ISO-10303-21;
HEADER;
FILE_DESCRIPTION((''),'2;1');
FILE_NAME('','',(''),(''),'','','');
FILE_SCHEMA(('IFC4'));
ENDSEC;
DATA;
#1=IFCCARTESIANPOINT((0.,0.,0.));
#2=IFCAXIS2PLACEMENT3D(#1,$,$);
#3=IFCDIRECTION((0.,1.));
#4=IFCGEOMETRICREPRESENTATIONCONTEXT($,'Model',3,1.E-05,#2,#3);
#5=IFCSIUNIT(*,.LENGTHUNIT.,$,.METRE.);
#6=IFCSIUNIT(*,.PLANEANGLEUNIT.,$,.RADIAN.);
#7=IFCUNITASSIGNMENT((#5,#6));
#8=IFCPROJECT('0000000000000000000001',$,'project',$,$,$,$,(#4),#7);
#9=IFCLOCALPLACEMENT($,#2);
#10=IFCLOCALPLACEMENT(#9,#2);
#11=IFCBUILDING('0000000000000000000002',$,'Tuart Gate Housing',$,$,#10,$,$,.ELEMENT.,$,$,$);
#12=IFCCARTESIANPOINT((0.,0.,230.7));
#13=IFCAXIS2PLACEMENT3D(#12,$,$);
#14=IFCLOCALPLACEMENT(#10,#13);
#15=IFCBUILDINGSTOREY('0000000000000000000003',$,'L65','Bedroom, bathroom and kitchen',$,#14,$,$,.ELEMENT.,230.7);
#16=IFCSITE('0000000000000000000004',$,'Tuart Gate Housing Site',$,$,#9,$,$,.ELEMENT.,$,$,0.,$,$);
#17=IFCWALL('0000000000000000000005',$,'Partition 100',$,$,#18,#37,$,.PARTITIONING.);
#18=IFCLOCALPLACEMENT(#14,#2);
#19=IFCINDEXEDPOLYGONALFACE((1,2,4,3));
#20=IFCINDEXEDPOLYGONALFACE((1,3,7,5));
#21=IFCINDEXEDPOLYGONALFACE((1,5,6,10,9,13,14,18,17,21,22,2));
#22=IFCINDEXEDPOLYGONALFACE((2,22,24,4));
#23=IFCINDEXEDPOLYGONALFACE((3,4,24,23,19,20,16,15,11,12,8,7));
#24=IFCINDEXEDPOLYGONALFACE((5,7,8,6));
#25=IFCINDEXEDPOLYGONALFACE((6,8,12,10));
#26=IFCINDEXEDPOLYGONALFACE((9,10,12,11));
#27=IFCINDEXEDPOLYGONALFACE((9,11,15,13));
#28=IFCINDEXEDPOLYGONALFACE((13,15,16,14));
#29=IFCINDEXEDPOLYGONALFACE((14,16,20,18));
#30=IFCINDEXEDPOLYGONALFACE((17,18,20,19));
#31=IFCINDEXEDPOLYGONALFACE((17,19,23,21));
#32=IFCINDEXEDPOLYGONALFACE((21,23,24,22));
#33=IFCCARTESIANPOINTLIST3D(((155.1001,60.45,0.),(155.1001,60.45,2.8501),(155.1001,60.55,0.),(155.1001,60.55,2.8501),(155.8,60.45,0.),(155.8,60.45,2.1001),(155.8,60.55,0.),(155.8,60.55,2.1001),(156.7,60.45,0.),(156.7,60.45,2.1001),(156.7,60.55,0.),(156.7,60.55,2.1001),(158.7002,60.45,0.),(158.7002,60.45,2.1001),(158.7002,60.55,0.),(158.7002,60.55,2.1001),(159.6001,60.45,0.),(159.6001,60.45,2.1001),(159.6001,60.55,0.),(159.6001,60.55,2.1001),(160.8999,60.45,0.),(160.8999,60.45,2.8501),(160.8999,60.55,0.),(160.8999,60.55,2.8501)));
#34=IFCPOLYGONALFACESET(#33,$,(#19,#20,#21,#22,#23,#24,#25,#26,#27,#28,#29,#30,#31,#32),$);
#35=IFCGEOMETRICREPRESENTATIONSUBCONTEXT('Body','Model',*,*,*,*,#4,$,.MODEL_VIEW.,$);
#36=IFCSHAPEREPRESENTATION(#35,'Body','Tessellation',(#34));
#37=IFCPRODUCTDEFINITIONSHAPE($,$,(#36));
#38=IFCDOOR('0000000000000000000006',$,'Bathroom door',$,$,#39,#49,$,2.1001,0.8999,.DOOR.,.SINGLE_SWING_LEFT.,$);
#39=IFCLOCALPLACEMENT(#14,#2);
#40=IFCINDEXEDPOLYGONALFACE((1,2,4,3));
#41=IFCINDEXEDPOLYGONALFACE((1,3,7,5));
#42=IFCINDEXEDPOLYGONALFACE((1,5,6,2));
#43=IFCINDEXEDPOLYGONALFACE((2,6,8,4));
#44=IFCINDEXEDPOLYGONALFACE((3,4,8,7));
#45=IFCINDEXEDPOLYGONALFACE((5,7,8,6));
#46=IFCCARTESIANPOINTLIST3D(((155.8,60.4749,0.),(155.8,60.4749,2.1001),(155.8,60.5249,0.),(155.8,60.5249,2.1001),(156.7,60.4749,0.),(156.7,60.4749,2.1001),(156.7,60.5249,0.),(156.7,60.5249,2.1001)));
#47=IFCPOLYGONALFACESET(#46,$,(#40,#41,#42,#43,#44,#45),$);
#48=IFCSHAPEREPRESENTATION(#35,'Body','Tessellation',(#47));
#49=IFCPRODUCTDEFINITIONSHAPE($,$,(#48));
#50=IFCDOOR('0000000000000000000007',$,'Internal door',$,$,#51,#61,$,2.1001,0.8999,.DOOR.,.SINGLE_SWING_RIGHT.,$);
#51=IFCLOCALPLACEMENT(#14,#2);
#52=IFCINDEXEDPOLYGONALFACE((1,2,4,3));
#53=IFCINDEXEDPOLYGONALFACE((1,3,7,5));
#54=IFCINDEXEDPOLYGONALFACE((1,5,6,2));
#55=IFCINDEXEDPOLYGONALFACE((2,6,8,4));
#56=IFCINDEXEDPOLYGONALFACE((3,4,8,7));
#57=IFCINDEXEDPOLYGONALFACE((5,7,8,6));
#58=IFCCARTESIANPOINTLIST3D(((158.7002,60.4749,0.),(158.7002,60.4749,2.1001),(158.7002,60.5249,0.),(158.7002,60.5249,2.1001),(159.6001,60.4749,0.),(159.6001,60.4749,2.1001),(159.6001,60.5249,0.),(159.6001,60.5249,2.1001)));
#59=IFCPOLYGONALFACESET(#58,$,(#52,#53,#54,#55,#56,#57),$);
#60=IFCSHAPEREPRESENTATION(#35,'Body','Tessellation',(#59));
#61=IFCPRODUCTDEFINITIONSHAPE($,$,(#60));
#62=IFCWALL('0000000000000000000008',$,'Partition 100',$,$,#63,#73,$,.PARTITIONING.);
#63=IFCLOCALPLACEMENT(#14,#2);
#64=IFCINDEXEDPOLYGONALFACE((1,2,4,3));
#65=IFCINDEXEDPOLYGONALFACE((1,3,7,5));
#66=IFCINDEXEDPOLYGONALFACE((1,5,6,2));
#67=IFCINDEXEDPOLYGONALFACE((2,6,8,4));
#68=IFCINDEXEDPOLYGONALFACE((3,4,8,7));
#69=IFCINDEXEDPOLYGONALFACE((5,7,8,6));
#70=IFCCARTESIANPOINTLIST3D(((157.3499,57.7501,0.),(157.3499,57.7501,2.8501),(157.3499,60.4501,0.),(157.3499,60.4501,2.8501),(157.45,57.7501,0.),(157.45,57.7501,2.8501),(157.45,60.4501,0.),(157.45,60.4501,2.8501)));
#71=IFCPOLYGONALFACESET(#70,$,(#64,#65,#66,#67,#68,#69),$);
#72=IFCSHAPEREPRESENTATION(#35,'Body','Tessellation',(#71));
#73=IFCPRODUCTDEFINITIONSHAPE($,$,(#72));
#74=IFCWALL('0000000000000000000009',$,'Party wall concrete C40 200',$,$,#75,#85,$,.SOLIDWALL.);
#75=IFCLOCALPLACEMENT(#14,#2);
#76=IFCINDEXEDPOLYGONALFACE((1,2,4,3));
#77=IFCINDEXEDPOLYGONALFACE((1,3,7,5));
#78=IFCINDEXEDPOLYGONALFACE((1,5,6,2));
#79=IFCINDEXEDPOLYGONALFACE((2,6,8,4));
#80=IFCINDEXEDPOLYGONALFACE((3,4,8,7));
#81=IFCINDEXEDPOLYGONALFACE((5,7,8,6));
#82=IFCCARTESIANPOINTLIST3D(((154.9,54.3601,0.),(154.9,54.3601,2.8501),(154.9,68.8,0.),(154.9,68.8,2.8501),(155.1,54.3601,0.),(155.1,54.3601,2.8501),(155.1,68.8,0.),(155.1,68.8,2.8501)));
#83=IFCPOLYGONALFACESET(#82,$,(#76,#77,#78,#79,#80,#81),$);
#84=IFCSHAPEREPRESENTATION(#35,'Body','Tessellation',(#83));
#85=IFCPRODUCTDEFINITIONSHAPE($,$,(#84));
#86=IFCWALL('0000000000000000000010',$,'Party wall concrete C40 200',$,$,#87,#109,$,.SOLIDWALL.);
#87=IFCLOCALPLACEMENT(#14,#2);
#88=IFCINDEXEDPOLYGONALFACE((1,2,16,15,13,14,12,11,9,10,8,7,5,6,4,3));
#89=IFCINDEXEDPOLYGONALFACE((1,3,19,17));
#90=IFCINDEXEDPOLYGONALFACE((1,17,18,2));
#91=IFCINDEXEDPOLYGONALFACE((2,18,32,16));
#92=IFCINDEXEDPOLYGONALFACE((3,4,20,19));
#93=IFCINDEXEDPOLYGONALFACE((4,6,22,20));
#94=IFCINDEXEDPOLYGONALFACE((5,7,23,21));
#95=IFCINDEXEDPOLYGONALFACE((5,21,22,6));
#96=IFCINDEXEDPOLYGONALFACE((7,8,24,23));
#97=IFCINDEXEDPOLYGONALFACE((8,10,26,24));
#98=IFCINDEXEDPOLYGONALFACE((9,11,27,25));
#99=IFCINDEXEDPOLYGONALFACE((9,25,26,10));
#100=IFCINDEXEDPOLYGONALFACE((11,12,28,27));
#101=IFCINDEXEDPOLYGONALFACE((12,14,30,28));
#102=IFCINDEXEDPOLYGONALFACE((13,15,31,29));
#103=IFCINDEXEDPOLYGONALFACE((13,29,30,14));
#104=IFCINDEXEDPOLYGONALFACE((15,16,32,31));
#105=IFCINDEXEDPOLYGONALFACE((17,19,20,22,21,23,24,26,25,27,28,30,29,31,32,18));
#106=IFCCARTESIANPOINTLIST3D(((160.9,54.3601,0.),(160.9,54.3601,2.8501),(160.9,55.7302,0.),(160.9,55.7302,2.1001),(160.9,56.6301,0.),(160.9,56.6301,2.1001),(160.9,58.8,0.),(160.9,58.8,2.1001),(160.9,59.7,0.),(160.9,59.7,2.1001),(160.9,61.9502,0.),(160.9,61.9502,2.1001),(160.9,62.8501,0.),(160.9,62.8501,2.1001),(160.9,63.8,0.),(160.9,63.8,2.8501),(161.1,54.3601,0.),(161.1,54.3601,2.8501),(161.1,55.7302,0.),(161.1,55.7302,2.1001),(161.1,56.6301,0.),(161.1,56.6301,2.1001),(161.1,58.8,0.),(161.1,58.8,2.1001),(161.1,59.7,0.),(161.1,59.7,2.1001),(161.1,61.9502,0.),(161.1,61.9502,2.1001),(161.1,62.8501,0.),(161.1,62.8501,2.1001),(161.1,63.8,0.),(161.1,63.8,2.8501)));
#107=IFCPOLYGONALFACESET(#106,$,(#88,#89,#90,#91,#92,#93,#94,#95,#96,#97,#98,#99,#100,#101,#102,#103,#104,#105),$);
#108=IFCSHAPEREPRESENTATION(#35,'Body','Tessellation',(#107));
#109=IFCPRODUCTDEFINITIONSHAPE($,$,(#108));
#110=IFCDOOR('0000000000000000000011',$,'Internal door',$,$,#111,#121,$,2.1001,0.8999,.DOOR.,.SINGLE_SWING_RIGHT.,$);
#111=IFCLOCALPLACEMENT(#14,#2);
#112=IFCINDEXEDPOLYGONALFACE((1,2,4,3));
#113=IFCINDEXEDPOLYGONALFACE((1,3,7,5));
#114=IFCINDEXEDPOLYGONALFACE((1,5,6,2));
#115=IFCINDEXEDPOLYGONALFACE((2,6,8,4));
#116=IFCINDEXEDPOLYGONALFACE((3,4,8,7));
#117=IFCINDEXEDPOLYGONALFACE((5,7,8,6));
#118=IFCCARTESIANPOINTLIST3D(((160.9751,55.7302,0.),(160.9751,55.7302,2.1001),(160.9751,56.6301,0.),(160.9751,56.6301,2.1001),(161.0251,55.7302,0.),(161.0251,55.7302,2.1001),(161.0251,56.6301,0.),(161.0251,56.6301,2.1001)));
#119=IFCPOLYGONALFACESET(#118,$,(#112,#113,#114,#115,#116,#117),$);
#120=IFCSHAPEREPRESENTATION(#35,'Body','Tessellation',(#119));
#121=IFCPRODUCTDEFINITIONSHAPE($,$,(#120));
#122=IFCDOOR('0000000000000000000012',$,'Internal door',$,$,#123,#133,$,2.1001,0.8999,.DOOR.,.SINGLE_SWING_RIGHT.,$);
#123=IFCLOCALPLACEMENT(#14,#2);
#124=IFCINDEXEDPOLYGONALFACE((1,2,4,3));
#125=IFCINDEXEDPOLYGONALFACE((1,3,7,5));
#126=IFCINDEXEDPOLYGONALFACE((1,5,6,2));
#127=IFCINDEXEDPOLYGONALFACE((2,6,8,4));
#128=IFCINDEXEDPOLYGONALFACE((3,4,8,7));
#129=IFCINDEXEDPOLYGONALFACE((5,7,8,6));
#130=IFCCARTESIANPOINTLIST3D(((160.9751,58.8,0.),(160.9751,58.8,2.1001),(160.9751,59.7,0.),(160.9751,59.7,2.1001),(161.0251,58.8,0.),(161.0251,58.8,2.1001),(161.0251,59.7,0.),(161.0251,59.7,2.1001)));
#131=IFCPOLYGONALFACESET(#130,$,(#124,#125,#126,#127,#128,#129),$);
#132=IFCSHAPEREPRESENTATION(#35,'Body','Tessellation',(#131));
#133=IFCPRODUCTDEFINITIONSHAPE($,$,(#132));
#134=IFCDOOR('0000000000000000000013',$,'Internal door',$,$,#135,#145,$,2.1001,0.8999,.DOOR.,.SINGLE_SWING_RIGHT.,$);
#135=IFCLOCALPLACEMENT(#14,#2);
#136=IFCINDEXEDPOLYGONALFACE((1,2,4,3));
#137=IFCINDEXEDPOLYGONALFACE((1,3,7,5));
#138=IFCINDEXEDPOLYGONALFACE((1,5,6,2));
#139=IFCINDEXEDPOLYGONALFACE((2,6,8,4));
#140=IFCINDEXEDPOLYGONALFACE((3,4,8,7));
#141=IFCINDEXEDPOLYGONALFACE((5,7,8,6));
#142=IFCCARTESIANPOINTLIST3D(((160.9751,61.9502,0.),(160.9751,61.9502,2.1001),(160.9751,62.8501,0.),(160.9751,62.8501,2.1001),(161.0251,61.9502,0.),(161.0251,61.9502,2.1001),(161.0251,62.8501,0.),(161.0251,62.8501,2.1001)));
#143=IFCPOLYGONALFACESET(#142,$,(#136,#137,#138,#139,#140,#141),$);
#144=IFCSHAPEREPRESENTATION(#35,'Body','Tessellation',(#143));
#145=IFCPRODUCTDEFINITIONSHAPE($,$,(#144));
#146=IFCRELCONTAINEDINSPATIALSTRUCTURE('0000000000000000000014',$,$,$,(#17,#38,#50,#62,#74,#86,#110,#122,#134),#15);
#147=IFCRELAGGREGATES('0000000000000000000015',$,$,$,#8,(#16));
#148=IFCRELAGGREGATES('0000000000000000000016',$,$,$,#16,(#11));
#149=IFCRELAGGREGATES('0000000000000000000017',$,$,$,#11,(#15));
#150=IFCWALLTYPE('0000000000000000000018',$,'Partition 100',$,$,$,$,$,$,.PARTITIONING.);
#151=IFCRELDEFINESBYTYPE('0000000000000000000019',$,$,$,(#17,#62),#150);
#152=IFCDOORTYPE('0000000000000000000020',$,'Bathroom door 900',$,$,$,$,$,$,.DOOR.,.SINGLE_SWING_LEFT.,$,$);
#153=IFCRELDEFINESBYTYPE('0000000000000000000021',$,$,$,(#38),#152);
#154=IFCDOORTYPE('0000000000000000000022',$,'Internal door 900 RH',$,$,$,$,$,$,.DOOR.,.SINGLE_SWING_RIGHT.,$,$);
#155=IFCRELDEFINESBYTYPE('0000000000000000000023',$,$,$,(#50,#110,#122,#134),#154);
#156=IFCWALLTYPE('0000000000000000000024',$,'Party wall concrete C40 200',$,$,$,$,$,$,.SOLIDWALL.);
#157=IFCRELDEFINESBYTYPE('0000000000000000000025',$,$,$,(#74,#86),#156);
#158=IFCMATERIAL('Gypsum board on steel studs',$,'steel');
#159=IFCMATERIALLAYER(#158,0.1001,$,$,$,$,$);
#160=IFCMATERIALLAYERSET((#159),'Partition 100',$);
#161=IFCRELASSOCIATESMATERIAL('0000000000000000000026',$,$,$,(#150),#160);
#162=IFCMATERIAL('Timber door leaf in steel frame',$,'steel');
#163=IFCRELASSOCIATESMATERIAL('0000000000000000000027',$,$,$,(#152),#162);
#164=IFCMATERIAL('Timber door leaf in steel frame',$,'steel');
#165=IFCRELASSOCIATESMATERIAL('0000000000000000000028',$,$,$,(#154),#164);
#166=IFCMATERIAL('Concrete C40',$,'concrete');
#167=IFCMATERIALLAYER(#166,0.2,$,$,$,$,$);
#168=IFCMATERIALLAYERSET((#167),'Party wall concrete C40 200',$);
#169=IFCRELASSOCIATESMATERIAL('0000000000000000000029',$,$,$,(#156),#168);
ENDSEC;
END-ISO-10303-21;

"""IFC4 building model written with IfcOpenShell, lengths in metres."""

from ifc_helpers import new_model, si_unit, direction, frame, frame_2d, origin, place, context, subcontext, project, spatial, rectangle, extrude, material, layer, layer_set, type_object, element, fill, save


model = new_model("IFC4")

# Units and contexts
model_context = context("Model", 3, precision=1e-05, world=origin(), true_north=direction((0.0, 1.0)))
body_context = subcontext(model_context, "Body", "Model", "MODEL_VIEW")
ifc_project = project(units=[si_unit("LENGTHUNIT", "METRE"), si_unit("PLANEANGLEUNIT", "RADIAN")], contexts=[model_context])

# Site, building, storey
site_placement = place(None, origin())
site = spatial("IfcSite", under=ifc_project, at=site_placement, Name="Tuart Gate Housing Site", CompositionType="ELEMENT", RefElevation=0.0)
building_placement = place(site_placement, origin())
building = spatial("IfcBuilding", under=site, at=building_placement, Name="Tuart Gate Housing", CompositionType="ELEMENT")
storey_placement = place(building_placement, frame((0.0, 0.0, 230.7)))
storey = spatial("IfcBuildingStorey", under=building, at=storey_placement, Name="L65", Description="Bedroom, bathroom and kitchen", CompositionType="ELEMENT", Elevation=230.7)

# Shared definitions
ifc_material_1 = material(Name="Gypsum board on steel studs", Category="steel")
ifc_layer_1 = layer(ifc_material_1, 0.1001)
ifc_layer_set_1 = layer_set([ifc_layer_1], Name="Partition 100")
wall_type_1 = type_object("IfcWallType", Name="Partition 100", PredefinedType="PARTITIONING", material=ifc_layer_set_1)

# Wall, openings, doors
wall_1_placement = place(storey_placement, frame((155.1001, 60.5, 0.0), z_axis=(0.0, 0.0, 1.0), x_axis=(1.0, 0.0, 0.0)))
wall_1 = element("IfcWall", 1, at=wall_1_placement, inside=storey, type_object=wall_type_1, Name="Partition 100", PredefinedType="PARTITIONING", context=body_context, shape_type="SweptSolid", body=[
    extrude(rectangle(XDim=5.7998, YDim=0.1001, at=frame_2d((2.8999, 0.0))), origin(), (0.0, 0.0, 1.0), 2.8501),
])
opening_1_placement = place(wall_1_placement, frame((3.6001, 0.0, 0.0)))
opening_1 = element("IfcOpeningElement", 2, at=opening_1_placement, cuts=wall_1, PredefinedType="OPENING", context=body_context, shape_type="SweptSolid", body=[
    extrude(rectangle(XDim=0.8999, YDim=2.1001, at=frame_2d((0.45, 1.05))), frame((0.0, 0.0601, 0.0), z_axis=(0.0, -1.0, 0.0), x_axis=(1.0, 0.0, 0.0)), (0.0, 0.0, 1.0), 0.1201),
])
opening_2_placement = place(wall_1_placement, frame((0.7, 0.0, 0.0)))
opening_2 = element("IfcOpeningElement", 3, at=opening_2_placement, cuts=wall_1, PredefinedType="OPENING", context=body_context, shape_type="SweptSolid", body=[
    extrude(rectangle(XDim=0.8999, YDim=2.1001, at=frame_2d((0.45, 1.05))), frame((0.0, 0.0601, 0.0), z_axis=(0.0, -1.0, 0.0), x_axis=(1.0, 0.0, 0.0)), (0.0, 0.0, 1.0), 0.1201),
])
ifc_material_2 = material(Name="Timber door leaf in steel frame", Category="steel")
door_type_1 = type_object("IfcDoorType", Name="Bathroom door 900", OperationType="SINGLE_SWING_LEFT", PredefinedType="DOOR", material=ifc_material_2)
door_1_placement = place(opening_2_placement, frame((0.8999, 0.0, 0.0), z_axis=(0.0, 0.0, 1.0), x_axis=(-1.0, 0.0, 0.0)))
door_1 = element("IfcDoor", 4, at=door_1_placement, inside=storey, type_object=door_type_1, Name="Bathroom door", OperationType="SINGLE_SWING_LEFT", OverallHeight=2.1001, OverallWidth=0.8999, PredefinedType="DOOR", context=body_context, shape_type="SweptSolid", body=[
    extrude(rectangle(XDim=0.8999, YDim=2.1001, at=frame_2d((0.45, 1.05))), frame((0.0, 0.0251, 0.0), z_axis=(0.0, -1.0, 0.0), x_axis=(1.0, 0.0, 0.0)), (0.0, 0.0, 1.0), 0.05),
])
fill(opening_2, door_1)
ifc_material_3 = material(Name="Timber door leaf in steel frame", Category="steel")
door_type_2 = type_object("IfcDoorType", Name="Internal door 900 RH", OperationType="SINGLE_SWING_RIGHT", PredefinedType="DOOR", material=ifc_material_3)
door_2_placement = place(opening_1_placement, origin())
door_2 = element("IfcDoor", 5, at=door_2_placement, inside=storey, type_object=door_type_2, Name="Internal door", OperationType="SINGLE_SWING_RIGHT", OverallHeight=2.1001, OverallWidth=0.8999, PredefinedType="DOOR", context=body_context, shape_type="SweptSolid", body=[
    extrude(rectangle(XDim=0.8999, YDim=2.1001, at=frame_2d((0.45, 1.05))), frame((0.0, 0.0249, 0.0), z_axis=(0.0, -1.0, 0.0), x_axis=(1.0, 0.0, 0.0)), (0.0, 0.0, 1.0), 0.05),
])
fill(opening_1, door_2)

# Walls
wall_2_placement = place(storey_placement, frame((157.3999, 57.75, 0.0), z_axis=(0.0, 0.0, 1.0), x_axis=(0.0, 1.0, 0.0)))
element("IfcWall", 6, at=wall_2_placement, inside=storey, type_object=wall_type_1, Name="Partition 100", PredefinedType="PARTITIONING", context=body_context, shape_type="SweptSolid", body=[
    extrude(rectangle(XDim=2.7, YDim=0.1001, at=frame_2d((1.3501, 0.0))), origin(), (0.0, 0.0, 1.0), 2.8501),
])
ifc_material_4 = material(Name="Concrete C40", Category="concrete")
ifc_layer_2 = layer(ifc_material_4, 0.2)
ifc_layer_set_2 = layer_set([ifc_layer_2], Name="Party wall concrete C40 200")
wall_type_2 = type_object("IfcWallType", Name="Party wall concrete C40 200", PredefinedType="SOLIDWALL", material=ifc_layer_set_2)
wall_3_placement = place(storey_placement, frame((155.0, 54.3601, 0.0), z_axis=(0.0, 0.0, 1.0), x_axis=(0.0, 1.0, 0.0)))
element("IfcWall", 7, at=wall_3_placement, inside=storey, type_object=wall_type_2, Name="Party wall concrete C40 200", PredefinedType="SOLIDWALL", context=body_context, shape_type="SweptSolid", body=[
    extrude(rectangle(XDim=14.4399, YDim=0.2, at=frame_2d((7.22, 0.0))), origin(), (0.0, 0.0, 1.0), 2.8501),
])

# Wall, openings, doors
wall_4_placement = place(storey_placement, frame((161.0, 54.3601, 0.0), z_axis=(0.0, 0.0, 1.0), x_axis=(0.0, 1.0, 0.0)))
wall_4 = element("IfcWall", 8, at=wall_4_placement, inside=storey, type_object=wall_type_2, Name="Party wall concrete C40 200", PredefinedType="SOLIDWALL", context=body_context, shape_type="SweptSolid", body=[
    extrude(rectangle(XDim=9.4399, YDim=0.2, at=frame_2d((4.72, 0.0))), origin(), (0.0, 0.0, 1.0), 2.8501),
])
opening_3_placement = place(wall_4_placement, frame((1.3701, 0.0, 0.0)))
opening_3 = element("IfcOpeningElement", 9, at=opening_3_placement, cuts=wall_4, PredefinedType="OPENING", context=body_context, shape_type="SweptSolid", body=[
    extrude(rectangle(XDim=0.8999, YDim=2.1001, at=frame_2d((0.45, 1.05))), frame((0.0, 0.1099, 0.0), z_axis=(0.0, -1.0, 0.0), x_axis=(1.0, 0.0, 0.0)), (0.0, 0.0, 1.0), 0.22),
])
opening_4_placement = place(wall_4_placement, frame((4.4399, 0.0, 0.0)))
opening_4 = element("IfcOpeningElement", 10, at=opening_4_placement, cuts=wall_4, PredefinedType="OPENING", context=body_context, shape_type="SweptSolid", body=[
    extrude(rectangle(XDim=0.8999, YDim=2.1001, at=frame_2d((0.45, 1.05))), frame((0.0, 0.1099, 0.0), z_axis=(0.0, -1.0, 0.0), x_axis=(1.0, 0.0, 0.0)), (0.0, 0.0, 1.0), 0.22),
])
opening_5_placement = place(wall_4_placement, frame((7.5901, 0.0, 0.0)))
opening_5 = element("IfcOpeningElement", 11, at=opening_5_placement, cuts=wall_4, PredefinedType="OPENING", context=body_context, shape_type="SweptSolid", body=[
    extrude(rectangle(XDim=0.8999, YDim=2.1001, at=frame_2d((0.45, 1.05))), frame((0.0, 0.1099, 0.0), z_axis=(0.0, -1.0, 0.0), x_axis=(1.0, 0.0, 0.0)), (0.0, 0.0, 1.0), 0.22),
])
door_3_placement = place(opening_3_placement, frame((0.8999, 0.0, 0.0), z_axis=(0.0, 0.0, 1.0), x_axis=(-1.0, 0.0, 0.0)))
door_3 = element("IfcDoor", 12, at=door_3_placement, inside=storey, type_object=door_type_2, Name="Internal door", OperationType="SINGLE_SWING_RIGHT", OverallHeight=2.1001, OverallWidth=0.8999, PredefinedType="DOOR", context=body_context, shape_type="SweptSolid", body=[
    extrude(rectangle(XDim=0.8999, YDim=2.1001, at=frame_2d((0.45, 1.05))), frame((0.0, 0.0251, 0.0), z_axis=(0.0, -1.0, 0.0), x_axis=(1.0, 0.0, 0.0)), (0.0, 0.0, 1.0), 0.05),
])
fill(opening_3, door_3)
door_4_placement = place(opening_4_placement, frame((0.8999, 0.0, 0.0), z_axis=(0.0, 0.0, 1.0), x_axis=(-1.0, 0.0, 0.0)))
door_4 = element("IfcDoor", 13, at=door_4_placement, inside=storey, type_object=door_type_2, Name="Internal door", OperationType="SINGLE_SWING_RIGHT", OverallHeight=2.1001, OverallWidth=0.8999, PredefinedType="DOOR", context=body_context, shape_type="SweptSolid", body=[
    extrude(rectangle(XDim=0.8999, YDim=2.1001, at=frame_2d((0.45, 1.05))), frame((0.0, 0.0251, 0.0), z_axis=(0.0, -1.0, 0.0), x_axis=(1.0, 0.0, 0.0)), (0.0, 0.0, 1.0), 0.05),
])
fill(opening_4, door_4)
door_5_placement = place(opening_5_placement, frame((0.8999, 0.0, 0.0), z_axis=(0.0, 0.0, 1.0), x_axis=(-1.0, 0.0, 0.0)))
door_5 = element("IfcDoor", 14, at=door_5_placement, inside=storey, type_object=door_type_2, Name="Internal door", OperationType="SINGLE_SWING_RIGHT", OverallHeight=2.1001, OverallWidth=0.8999, PredefinedType="DOOR", context=body_context, shape_type="SweptSolid", body=[
    extrude(rectangle(XDim=0.8999, YDim=2.1001, at=frame_2d((0.45, 1.05))), frame((0.0, 0.0251, 0.0), z_axis=(0.0, -1.0, 0.0), x_axis=(1.0, 0.0, 0.0)), (0.0, 0.0, 1.0), 0.05),
])
fill(opening_5, door_5)

save(model, "model.ifc")
